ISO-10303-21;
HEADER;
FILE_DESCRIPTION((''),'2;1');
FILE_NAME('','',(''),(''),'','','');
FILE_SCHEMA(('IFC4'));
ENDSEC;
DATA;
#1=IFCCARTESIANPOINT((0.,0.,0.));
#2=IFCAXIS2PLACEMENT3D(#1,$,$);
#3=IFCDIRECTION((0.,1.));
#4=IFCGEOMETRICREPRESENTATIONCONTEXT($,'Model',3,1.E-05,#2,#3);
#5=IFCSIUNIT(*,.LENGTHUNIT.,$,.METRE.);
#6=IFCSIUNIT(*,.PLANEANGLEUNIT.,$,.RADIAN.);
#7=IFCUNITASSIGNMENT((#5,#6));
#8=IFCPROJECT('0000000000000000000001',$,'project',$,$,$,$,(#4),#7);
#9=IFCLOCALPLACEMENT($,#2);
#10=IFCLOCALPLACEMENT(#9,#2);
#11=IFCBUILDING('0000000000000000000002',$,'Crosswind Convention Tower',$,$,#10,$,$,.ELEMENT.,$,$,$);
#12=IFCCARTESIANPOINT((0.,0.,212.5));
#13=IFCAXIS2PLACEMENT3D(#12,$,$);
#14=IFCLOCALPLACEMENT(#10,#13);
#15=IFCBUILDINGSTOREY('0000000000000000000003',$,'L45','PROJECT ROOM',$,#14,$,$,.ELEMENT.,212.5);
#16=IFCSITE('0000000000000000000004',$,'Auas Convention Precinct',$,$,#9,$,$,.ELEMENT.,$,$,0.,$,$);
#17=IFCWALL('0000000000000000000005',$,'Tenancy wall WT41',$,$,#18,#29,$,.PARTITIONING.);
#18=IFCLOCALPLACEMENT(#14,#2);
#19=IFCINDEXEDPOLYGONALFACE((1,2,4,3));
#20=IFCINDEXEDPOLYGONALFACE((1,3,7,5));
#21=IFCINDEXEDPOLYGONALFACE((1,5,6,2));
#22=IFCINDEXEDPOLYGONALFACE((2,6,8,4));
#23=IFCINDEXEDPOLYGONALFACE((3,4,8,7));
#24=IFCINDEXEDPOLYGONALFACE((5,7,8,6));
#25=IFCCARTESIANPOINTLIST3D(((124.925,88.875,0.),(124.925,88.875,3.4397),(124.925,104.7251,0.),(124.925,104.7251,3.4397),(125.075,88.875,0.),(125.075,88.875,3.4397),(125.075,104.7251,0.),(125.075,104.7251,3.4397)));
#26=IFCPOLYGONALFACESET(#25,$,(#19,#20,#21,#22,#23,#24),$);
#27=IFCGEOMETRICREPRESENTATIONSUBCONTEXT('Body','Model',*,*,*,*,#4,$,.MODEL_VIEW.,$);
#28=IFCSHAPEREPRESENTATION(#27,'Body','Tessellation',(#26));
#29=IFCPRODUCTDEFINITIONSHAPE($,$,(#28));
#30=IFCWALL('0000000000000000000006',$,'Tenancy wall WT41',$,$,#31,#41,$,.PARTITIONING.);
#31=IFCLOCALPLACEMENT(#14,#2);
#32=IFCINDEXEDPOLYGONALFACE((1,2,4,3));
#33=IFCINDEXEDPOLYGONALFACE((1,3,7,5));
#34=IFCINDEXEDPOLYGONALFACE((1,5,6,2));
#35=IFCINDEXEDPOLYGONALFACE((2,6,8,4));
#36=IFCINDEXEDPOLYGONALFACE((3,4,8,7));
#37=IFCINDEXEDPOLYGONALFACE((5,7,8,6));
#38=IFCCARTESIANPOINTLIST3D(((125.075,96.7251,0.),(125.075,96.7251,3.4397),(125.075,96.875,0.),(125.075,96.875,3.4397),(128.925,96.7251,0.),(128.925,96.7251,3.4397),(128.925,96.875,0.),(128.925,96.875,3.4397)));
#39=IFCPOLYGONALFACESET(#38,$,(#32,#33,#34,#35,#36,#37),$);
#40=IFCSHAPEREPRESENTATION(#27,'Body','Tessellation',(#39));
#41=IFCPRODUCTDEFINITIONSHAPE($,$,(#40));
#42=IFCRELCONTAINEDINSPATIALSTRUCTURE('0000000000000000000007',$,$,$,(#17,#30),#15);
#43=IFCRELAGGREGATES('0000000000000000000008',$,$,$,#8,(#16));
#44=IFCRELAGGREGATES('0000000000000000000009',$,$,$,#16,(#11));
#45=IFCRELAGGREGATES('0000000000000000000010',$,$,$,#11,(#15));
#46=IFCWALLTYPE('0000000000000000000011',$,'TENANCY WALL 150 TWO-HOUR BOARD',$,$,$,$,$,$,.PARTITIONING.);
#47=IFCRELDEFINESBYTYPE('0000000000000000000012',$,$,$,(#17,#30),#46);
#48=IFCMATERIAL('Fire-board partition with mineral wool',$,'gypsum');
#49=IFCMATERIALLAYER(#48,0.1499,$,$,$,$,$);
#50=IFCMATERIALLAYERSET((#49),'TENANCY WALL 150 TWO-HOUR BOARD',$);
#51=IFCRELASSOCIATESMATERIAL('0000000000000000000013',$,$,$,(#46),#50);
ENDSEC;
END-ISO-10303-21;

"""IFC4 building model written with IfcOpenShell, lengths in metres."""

from ifc_helpers import new_model, si_unit, direction, frame, frame_2d, origin, place, context, subcontext, project, spatial, rectangle, extrude, material, layer, layer_set, type_object, element, save


model = new_model("IFC4")

# Units and contexts
model_context = context("Model", 3, precision=1e-05, world=origin(), true_north=direction((0.0, 1.0)))
body_context = subcontext(model_context, "Body", "Model", "MODEL_VIEW")
ifc_project = project(units=[si_unit("LENGTHUNIT", "METRE"), si_unit("PLANEANGLEUNIT", "RADIAN")], contexts=[model_context])

# Site, building, storey
site_placement = place(None, origin())
site = spatial("IfcSite", under=ifc_project, at=site_placement, Name="Auas Convention Precinct", CompositionType="ELEMENT", RefElevation=0.0)
building_placement = place(site_placement, origin())
building = spatial("IfcBuilding", under=site, at=building_placement, Name="Crosswind Convention Tower", CompositionType="ELEMENT")
storey_placement = place(building_placement, frame((0.0, 0.0, 212.5)))
storey = spatial("IfcBuildingStorey", under=building, at=storey_placement, Name="L45", Description="PROJECT ROOM", CompositionType="ELEMENT", Elevation=212.5)

# Walls
ifc_material_1 = material(Name="Fire-board partition with mineral wool", Category="gypsum")
ifc_layer_1 = layer(ifc_material_1, 0.1499)
ifc_layer_set_1 = layer_set([ifc_layer_1], Name="TENANCY WALL 150 TWO-HOUR BOARD")
wall_type_1 = type_object("IfcWallType", Name="TENANCY WALL 150 TWO-HOUR BOARD", PredefinedType="PARTITIONING", material=ifc_layer_set_1)
wall_1_placement = place(storey_placement, frame((125.0, 88.875, 0.0), z_axis=(0.0, 0.0, 1.0), x_axis=(0.0, 1.0, 0.0)))
element("IfcWall", 1, at=wall_1_placement, inside=storey, type_object=wall_type_1, Name="Tenancy wall WT41", PredefinedType="PARTITIONING", context=body_context, shape_type="SweptSolid", body=[
    extrude(rectangle(XDim=15.8501, YDim=0.1499, at=frame_2d((7.925, 0.0))), origin(), (0.0, 0.0, 1.0), 3.4397),
])
wall_2_placement = place(storey_placement, frame((125.075, 96.8, 0.0), z_axis=(0.0, 0.0, 1.0), x_axis=(1.0, 0.0, 0.0)))
element("IfcWall", 2, at=wall_2_placement, inside=storey, type_object=wall_type_1, Name="Tenancy wall WT41", PredefinedType="PARTITIONING", context=body_context, shape_type="SweptSolid", body=[
    extrude(rectangle(XDim=3.8501, YDim=0.1499, at=frame_2d((1.925, 0.0))), origin(), (0.0, 0.0, 1.0), 3.4397),
])

save(model, "model.ifc")
